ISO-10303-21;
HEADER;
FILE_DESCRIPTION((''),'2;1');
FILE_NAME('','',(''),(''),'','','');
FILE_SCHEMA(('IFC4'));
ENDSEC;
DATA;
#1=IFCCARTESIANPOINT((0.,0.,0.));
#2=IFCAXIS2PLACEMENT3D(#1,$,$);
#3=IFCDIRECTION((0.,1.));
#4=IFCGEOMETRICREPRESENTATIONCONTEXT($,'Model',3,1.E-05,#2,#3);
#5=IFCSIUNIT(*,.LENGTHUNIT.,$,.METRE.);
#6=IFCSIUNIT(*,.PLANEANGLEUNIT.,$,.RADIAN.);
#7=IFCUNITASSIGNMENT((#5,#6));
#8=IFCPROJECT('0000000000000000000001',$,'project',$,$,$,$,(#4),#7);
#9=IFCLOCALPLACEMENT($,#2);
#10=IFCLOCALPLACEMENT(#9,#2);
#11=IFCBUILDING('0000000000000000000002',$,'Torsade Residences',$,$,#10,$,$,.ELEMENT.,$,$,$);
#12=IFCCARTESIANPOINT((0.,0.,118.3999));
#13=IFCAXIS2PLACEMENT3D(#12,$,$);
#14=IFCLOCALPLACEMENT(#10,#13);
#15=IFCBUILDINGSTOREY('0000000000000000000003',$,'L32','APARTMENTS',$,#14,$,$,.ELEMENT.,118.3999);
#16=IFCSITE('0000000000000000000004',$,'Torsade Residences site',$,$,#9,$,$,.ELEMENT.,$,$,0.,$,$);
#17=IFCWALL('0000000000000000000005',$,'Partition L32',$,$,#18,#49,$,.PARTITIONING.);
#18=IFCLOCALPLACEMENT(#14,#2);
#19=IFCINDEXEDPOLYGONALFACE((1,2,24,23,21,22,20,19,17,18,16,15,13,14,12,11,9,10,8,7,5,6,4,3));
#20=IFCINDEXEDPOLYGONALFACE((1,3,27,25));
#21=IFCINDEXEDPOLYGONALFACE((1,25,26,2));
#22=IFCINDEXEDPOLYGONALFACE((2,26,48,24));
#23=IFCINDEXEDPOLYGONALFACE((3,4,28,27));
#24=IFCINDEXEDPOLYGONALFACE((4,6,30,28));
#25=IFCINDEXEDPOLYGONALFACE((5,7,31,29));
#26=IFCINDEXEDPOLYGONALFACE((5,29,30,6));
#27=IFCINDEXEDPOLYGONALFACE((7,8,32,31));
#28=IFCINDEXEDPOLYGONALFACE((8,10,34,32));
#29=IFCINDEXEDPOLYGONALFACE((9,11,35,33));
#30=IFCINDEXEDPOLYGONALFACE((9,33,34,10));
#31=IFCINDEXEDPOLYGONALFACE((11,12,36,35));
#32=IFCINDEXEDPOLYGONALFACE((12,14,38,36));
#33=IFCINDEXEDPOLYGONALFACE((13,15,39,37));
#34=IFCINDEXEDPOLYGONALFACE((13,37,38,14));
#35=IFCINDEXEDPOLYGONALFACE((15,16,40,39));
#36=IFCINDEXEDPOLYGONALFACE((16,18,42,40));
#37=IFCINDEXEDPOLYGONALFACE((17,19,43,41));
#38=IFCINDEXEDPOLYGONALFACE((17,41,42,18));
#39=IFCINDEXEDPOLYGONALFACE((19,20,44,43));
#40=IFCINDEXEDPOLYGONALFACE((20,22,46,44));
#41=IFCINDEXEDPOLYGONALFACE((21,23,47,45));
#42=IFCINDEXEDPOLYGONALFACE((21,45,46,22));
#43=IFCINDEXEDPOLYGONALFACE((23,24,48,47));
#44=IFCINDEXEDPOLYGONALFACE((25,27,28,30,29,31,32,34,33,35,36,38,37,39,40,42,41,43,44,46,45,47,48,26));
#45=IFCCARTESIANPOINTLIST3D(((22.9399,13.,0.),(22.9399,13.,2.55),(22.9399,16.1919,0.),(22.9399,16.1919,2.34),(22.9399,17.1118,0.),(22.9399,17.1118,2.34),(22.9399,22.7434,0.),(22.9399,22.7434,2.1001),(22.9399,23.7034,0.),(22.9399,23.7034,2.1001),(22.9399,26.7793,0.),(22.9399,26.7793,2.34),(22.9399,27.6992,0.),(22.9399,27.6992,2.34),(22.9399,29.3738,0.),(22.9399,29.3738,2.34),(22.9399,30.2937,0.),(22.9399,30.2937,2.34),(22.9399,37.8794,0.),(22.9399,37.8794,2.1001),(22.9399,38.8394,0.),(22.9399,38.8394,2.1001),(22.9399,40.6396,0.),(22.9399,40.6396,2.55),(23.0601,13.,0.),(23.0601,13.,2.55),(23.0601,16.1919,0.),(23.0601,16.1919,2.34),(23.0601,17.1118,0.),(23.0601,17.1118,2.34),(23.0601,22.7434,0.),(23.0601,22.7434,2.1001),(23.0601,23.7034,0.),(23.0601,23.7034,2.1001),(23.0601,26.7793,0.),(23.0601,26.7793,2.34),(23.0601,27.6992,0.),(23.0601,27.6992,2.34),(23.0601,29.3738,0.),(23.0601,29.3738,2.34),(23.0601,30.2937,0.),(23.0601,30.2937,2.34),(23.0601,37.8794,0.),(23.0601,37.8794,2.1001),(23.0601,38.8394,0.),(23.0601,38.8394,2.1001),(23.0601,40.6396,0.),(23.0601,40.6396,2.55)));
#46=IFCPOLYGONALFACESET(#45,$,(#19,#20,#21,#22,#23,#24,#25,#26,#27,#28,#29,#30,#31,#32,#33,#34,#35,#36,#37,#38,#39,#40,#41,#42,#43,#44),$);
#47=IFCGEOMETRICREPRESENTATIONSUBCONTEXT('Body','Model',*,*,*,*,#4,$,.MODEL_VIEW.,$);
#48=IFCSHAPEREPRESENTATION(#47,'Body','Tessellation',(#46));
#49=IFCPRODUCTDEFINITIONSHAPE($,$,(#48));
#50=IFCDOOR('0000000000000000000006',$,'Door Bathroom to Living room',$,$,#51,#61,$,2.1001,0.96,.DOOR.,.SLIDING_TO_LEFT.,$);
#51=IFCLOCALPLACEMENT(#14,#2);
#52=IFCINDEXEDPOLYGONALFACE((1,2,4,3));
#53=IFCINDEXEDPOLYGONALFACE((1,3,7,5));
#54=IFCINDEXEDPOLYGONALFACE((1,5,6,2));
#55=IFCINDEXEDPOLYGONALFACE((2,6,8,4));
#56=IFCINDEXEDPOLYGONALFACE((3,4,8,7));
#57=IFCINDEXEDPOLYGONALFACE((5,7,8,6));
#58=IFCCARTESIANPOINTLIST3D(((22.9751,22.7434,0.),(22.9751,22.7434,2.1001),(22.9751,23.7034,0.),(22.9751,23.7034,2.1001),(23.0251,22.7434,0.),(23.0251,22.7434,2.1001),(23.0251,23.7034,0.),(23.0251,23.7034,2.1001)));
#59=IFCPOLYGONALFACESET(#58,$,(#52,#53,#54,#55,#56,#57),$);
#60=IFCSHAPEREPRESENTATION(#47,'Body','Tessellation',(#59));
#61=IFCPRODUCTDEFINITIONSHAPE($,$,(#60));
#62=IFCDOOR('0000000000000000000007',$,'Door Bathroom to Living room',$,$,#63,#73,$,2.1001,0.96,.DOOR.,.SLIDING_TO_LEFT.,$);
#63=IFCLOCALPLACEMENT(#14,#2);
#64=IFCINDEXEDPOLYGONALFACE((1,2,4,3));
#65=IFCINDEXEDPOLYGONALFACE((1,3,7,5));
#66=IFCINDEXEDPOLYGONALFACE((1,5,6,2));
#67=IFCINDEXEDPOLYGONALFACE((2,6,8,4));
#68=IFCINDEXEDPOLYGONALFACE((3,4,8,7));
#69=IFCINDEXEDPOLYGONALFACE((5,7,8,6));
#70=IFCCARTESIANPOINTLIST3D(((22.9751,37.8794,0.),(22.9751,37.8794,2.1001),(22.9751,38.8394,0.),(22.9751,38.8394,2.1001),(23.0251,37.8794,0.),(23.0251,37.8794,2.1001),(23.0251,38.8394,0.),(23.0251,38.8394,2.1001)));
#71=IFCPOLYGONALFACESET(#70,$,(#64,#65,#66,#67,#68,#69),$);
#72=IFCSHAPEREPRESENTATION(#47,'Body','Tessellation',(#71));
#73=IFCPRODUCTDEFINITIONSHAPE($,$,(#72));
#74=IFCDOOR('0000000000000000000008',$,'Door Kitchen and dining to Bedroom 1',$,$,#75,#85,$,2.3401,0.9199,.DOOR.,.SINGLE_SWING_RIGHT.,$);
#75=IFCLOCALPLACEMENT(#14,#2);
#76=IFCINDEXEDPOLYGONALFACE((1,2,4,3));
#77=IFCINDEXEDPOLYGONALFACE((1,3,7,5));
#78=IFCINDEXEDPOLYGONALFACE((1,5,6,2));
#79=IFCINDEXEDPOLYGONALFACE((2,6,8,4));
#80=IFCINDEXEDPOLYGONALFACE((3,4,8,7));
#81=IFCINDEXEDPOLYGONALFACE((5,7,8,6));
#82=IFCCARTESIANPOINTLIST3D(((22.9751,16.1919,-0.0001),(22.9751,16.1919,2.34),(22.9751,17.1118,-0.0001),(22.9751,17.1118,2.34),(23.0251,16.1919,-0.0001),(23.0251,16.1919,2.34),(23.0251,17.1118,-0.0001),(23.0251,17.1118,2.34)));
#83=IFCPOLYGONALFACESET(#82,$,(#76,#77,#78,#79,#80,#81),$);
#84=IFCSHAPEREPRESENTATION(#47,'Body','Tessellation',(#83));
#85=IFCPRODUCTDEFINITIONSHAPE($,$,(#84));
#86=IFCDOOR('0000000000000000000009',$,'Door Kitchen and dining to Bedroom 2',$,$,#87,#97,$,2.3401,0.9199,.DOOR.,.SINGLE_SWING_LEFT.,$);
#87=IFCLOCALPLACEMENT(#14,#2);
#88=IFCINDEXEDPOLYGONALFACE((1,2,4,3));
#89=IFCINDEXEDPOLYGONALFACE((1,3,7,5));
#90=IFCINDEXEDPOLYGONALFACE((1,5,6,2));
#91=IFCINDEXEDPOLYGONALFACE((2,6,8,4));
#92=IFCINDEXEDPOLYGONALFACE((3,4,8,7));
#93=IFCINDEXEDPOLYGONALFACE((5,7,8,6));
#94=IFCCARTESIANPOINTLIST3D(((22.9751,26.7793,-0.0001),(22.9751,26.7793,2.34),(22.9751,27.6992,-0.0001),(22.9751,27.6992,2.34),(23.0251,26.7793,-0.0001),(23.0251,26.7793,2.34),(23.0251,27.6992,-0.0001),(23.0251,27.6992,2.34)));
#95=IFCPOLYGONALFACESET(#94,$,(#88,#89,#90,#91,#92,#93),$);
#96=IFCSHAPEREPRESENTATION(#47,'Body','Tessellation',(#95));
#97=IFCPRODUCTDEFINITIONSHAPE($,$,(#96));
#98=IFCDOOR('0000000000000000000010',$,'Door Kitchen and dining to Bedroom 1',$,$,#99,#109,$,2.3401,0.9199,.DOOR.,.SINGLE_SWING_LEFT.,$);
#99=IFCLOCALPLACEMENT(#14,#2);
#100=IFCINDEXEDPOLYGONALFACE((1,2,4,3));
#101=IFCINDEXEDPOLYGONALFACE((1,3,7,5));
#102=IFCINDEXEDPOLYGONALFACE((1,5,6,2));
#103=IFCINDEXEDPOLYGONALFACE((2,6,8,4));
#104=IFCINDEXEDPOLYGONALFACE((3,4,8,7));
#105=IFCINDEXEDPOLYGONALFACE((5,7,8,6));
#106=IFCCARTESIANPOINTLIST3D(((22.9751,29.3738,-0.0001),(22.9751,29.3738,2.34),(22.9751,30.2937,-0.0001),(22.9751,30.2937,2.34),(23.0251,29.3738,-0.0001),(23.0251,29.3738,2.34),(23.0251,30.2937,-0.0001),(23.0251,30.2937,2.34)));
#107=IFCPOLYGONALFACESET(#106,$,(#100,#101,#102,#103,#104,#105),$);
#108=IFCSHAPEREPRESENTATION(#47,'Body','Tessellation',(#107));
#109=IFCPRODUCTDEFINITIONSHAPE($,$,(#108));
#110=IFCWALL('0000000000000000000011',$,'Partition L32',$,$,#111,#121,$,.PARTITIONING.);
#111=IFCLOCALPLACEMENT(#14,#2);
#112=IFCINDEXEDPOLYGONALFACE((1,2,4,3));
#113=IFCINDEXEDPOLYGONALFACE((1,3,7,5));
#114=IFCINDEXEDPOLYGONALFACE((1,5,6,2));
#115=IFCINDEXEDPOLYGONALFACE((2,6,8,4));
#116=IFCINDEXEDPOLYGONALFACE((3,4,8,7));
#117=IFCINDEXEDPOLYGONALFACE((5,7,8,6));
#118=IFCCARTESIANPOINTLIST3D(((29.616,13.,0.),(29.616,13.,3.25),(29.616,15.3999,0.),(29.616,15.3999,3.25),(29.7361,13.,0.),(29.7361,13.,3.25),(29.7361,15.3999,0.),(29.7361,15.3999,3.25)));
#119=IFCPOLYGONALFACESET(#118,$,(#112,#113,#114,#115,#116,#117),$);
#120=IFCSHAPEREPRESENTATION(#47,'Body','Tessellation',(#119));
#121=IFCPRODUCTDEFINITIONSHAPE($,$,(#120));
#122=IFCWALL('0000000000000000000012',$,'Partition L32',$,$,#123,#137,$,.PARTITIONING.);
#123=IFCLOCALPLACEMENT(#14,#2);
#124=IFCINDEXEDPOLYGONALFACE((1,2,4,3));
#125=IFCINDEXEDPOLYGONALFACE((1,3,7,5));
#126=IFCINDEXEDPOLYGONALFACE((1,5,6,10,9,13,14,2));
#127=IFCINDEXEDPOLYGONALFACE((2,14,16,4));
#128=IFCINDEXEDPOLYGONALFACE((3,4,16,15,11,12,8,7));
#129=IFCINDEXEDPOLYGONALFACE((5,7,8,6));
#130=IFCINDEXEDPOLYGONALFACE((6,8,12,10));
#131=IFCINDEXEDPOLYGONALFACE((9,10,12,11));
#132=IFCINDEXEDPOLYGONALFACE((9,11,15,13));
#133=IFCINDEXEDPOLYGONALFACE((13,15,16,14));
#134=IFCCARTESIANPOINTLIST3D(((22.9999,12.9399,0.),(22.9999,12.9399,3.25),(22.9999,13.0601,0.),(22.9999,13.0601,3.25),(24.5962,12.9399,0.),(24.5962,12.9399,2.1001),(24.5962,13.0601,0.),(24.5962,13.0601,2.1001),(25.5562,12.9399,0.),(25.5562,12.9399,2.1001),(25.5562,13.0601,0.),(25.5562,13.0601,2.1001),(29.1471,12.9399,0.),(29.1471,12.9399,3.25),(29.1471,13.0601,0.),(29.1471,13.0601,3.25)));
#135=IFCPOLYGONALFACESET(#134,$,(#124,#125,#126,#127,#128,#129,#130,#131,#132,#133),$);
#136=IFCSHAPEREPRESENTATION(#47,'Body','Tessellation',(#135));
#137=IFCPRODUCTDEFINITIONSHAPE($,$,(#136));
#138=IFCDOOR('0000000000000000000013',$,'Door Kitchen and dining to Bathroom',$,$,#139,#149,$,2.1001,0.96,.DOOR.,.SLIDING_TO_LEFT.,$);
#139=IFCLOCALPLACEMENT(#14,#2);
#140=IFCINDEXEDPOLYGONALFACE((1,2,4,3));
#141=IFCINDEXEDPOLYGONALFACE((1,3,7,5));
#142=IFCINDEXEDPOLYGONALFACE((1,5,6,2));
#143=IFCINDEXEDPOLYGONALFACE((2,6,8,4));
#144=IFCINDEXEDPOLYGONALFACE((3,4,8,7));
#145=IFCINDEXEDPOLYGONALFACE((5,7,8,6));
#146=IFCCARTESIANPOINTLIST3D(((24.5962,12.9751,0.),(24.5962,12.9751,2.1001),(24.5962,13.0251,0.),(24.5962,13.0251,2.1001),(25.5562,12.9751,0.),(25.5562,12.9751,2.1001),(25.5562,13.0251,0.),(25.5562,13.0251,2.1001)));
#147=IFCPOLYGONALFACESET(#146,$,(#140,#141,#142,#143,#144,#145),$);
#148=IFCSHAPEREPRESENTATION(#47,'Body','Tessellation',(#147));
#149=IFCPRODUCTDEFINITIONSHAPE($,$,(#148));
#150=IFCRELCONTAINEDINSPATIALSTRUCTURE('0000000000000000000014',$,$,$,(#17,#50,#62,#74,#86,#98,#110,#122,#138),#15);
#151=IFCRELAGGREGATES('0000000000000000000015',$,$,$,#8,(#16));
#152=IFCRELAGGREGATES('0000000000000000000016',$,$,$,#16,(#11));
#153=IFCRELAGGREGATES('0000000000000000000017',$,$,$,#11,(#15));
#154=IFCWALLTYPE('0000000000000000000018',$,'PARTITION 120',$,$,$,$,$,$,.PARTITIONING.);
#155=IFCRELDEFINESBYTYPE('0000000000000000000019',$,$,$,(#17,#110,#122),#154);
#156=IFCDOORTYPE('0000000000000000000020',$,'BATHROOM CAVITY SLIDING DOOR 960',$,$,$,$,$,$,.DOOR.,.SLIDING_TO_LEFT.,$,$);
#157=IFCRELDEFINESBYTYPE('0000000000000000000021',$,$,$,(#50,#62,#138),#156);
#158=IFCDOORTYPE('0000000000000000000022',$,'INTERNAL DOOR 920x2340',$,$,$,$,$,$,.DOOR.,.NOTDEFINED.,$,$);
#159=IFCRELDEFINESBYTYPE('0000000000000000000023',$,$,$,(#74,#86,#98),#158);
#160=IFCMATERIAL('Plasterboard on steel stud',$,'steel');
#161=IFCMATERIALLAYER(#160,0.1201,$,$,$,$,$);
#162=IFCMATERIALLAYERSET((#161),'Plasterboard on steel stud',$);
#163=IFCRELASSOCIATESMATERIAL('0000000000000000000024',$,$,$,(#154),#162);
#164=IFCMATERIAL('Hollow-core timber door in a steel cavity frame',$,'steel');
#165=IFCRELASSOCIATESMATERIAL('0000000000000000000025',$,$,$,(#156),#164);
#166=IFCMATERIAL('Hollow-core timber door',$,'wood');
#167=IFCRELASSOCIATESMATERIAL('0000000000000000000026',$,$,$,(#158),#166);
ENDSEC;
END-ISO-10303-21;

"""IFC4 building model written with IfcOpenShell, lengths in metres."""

from ifc_helpers import new_model, si_unit, direction, frame, frame_2d, origin, place, context, subcontext, project, spatial, rectangle, extrude, material, layer, layer_set, type_object, element, fill, save


model = new_model("IFC4")

# Units and contexts
model_context = context("Model", 3, precision=1e-05, world=origin(), true_north=direction((0.0, 1.0)))
body_context = subcontext(model_context, "Body", "Model", "MODEL_VIEW")
ifc_project = project(units=[si_unit("LENGTHUNIT", "METRE"), si_unit("PLANEANGLEUNIT", "RADIAN")], contexts=[model_context])

# Site, building, storey
site_placement = place(None, origin())
site = spatial("IfcSite", under=ifc_project, at=site_placement, Name="Torsade Residences site", CompositionType="ELEMENT", RefElevation=0.0)
building_placement = place(site_placement, origin())
building = spatial("IfcBuilding", under=site, at=building_placement, Name="Torsade Residences", CompositionType="ELEMENT")
storey_placement = place(building_placement, frame((0.0, 0.0, 118.3999)))
storey = spatial("IfcBuildingStorey", under=building, at=storey_placement, Name="L32", Description="APARTMENTS", CompositionType="ELEMENT", Elevation=118.3999)

# Wall, openings, doors
ifc_material_1 = material(Name="Plasterboard on steel stud", Category="steel")
ifc_layer_1 = layer(ifc_material_1, 0.1201)
ifc_layer_set_1 = layer_set([ifc_layer_1], Name="Plasterboard on steel stud")
wall_type_1 = type_object("IfcWallType", Name="PARTITION 120", PredefinedType="PARTITIONING", material=ifc_layer_set_1)
wall_1_placement = place(storey_placement, frame((23.0, 13.0, 0.0), z_axis=(0.0, 0.0, 1.0), x_axis=(0.0, 1.0, 0.0)))
wall_1 = element("IfcWall", 1, at=wall_1_placement, inside=storey, type_object=wall_type_1, Name="Partition L32", PredefinedType="PARTITIONING", context=body_context, shape_type="SweptSolid", body=[
    extrude(rectangle(XDim=27.6396, YDim=0.1201, at=frame_2d((13.8198, 0.0))), origin(), (0.0, 0.0, 1.0), 2.55),
])
opening_1_placement = place(wall_1_placement, frame((3.1919, 0.0, 0.0)))
opening_1 = element("IfcOpeningElement", 2, at=opening_1_placement, cuts=wall_1, PredefinedType="OPENING", context=body_context, shape_type="SweptSolid", body=[
    extrude(rectangle(XDim=0.9199, YDim=2.3401, at=frame_2d((0.46, 1.1699))), frame((0.0, 0.0701, 0.0), z_axis=(0.0, -1.0, 0.0), x_axis=(1.0, 0.0, 0.0)), (0.0, 0.0, 1.0), 0.1401),
])
opening_2_placement = place(wall_1_placement, frame((13.7793, 0.0, 0.0)))
opening_2 = element("IfcOpeningElement", 3, at=opening_2_placement, cuts=wall_1, PredefinedType="OPENING", context=body_context, shape_type="SweptSolid", body=[
    extrude(rectangle(XDim=0.9199, YDim=2.3401, at=frame_2d((0.46, 1.1699))), frame((0.0, 0.0701, 0.0), z_axis=(0.0, -1.0, 0.0), x_axis=(1.0, 0.0, 0.0)), (0.0, 0.0, 1.0), 0.1401),
])
opening_3_placement = place(wall_1_placement, frame((16.3738, 0.0, 0.0)))
opening_3 = element("IfcOpeningElement", 4, at=opening_3_placement, cuts=wall_1, PredefinedType="OPENING", context=body_context, shape_type="SweptSolid", body=[
    extrude(rectangle(XDim=0.9199, YDim=2.3401, at=frame_2d((0.46, 1.1699))), frame((0.0, 0.0701, 0.0), z_axis=(0.0, -1.0, 0.0), x_axis=(1.0, 0.0, 0.0)), (0.0, 0.0, 1.0), 0.1401),
])
opening_4_placement = place(wall_1_placement, frame((9.7434, 0.0, 0.0)))
opening_4 = element("IfcOpeningElement", 5, at=opening_4_placement, cuts=wall_1, PredefinedType="OPENING", context=body_context, shape_type="SweptSolid", body=[
    extrude(rectangle(XDim=0.96, YDim=2.1001, at=frame_2d((0.48, 1.05))), frame((0.0, 0.0701, 0.0), z_axis=(0.0, -1.0, 0.0), x_axis=(1.0, 0.0, 0.0)), (0.0, 0.0, 1.0), 0.1401),
])
opening_5_placement = place(wall_1_placement, frame((24.8794, 0.0, 0.0)))
opening_5 = element("IfcOpeningElement", 6, at=opening_5_placement, cuts=wall_1, PredefinedType="OPENING", context=body_context, shape_type="SweptSolid", body=[
    extrude(rectangle(XDim=0.96, YDim=2.1001, at=frame_2d((0.48, 1.05))), frame((0.0, 0.0701, 0.0), z_axis=(0.0, -1.0, 0.0), x_axis=(1.0, 0.0, 0.0)), (0.0, 0.0, 1.0), 0.1401),
])
ifc_material_2 = material(Name="Hollow-core timber door in a steel cavity frame", Category="steel")
door_type_1 = type_object("IfcDoorType", Name="BATHROOM CAVITY SLIDING DOOR 960", OperationType="SLIDING_TO_LEFT", PredefinedType="DOOR", material=ifc_material_2)
door_1_placement = place(opening_4_placement, origin())
door_1 = element("IfcDoor", 7, at=door_1_placement, inside=storey, type_object=door_type_1, Name="Door Bathroom to Living room", OperationType="SLIDING_TO_LEFT", OverallHeight=2.1001, OverallWidth=0.96, PredefinedType="DOOR", context=body_context, shape_type="SweptSolid", body=[
    extrude(rectangle(XDim=0.96, YDim=2.1001, at=frame_2d((0.48, 1.05))), frame((0.0, 0.0249, 0.0), z_axis=(0.0, -1.0, 0.0), x_axis=(1.0, 0.0, 0.0)), (0.0, 0.0, 1.0), 0.05),
])
fill(opening_4, door_1)
door_2_placement = place(opening_5_placement, origin())
door_2 = element("IfcDoor", 8, at=door_2_placement, inside=storey, type_object=door_type_1, Name="Door Bathroom to Living room", OperationType="SLIDING_TO_LEFT", OverallHeight=2.1001, OverallWidth=0.96, PredefinedType="DOOR", context=body_context, shape_type="SweptSolid", body=[
    extrude(rectangle(XDim=0.96, YDim=2.1001, at=frame_2d((0.48, 1.05))), frame((0.0, 0.0249, 0.0), z_axis=(0.0, -1.0, 0.0), x_axis=(1.0, 0.0, 0.0)), (0.0, 0.0, 1.0), 0.05),
])
fill(opening_5, door_2)
ifc_material_3 = material(Name="Hollow-core timber door", Category="wood")
door_type_2 = type_object("IfcDoorType", Name="INTERNAL DOOR 920x2340", OperationType="NOTDEFINED", PredefinedType="DOOR", material=ifc_material_3)
door_3_placement = place(opening_1_placement, origin())
door_3 = element("IfcDoor", 9, at=door_3_placement, inside=storey, type_object=door_type_2, Name="Door Kitchen and dining to Bedroom 1", OperationType="SINGLE_SWING_RIGHT", OverallHeight=2.3401, OverallWidth=0.9199, PredefinedType="DOOR", context=body_context, shape_type="SweptSolid", body=[
    extrude(rectangle(XDim=0.9199, YDim=2.3401, at=frame_2d((0.46, 1.1699))), frame((0.0, 0.0249, 0.0), z_axis=(0.0, -1.0, 0.0), x_axis=(1.0, 0.0, 0.0)), (0.0, 0.0, 1.0), 0.05),
])
fill(opening_1, door_3)
door_4_placement = place(opening_2_placement, origin())
door_4 = element("IfcDoor", 10, at=door_4_placement, inside=storey, type_object=door_type_2, Name="Door Kitchen and dining to Bedroom 2", OperationType="SINGLE_SWING_LEFT", OverallHeight=2.3401, OverallWidth=0.9199, PredefinedType="DOOR", context=body_context, shape_type="SweptSolid", body=[
    extrude(rectangle(XDim=0.9199, YDim=2.3401, at=frame_2d((0.46, 1.1699))), frame((0.0, 0.0249, 0.0), z_axis=(0.0, -1.0, 0.0), x_axis=(1.0, 0.0, 0.0)), (0.0, 0.0, 1.0), 0.05),
])
fill(opening_2, door_4)
door_5_placement = place(opening_3_placement, origin())
door_5 = element("IfcDoor", 11, at=door_5_placement, inside=storey, type_object=door_type_2, Name="Door Kitchen and dining to Bedroom 1", OperationType="SINGLE_SWING_LEFT", OverallHeight=2.3401, OverallWidth=0.9199, PredefinedType="DOOR", context=body_context, shape_type="SweptSolid", body=[
    extrude(rectangle(XDim=0.9199, YDim=2.3401, at=frame_2d((0.46, 1.1699))), frame((0.0, 0.0249, 0.0), z_axis=(0.0, -1.0, 0.0), x_axis=(1.0, 0.0, 0.0)), (0.0, 0.0, 1.0), 0.05),
])
fill(opening_3, door_5)

# Wall
wall_2_placement = place(storey_placement, frame((29.676, 15.3999, 0.0), z_axis=(0.0, 0.0, 1.0), x_axis=(0.0, -1.0, 0.0)))
element("IfcWall", 12, at=wall_2_placement, inside=storey, type_object=wall_type_1, Name="Partition L32", PredefinedType="PARTITIONING", context=body_context, shape_type="SweptSolid", body=[
    extrude(rectangle(XDim=2.3999, YDim=0.1201, at=frame_2d((1.2, 0.0))), origin(), (0.0, 0.0, 1.0), 3.25),
])

# Wall, opening, door
wall_3_placement = place(storey_placement, frame((29.1472, 13.0, 0.0), z_axis=(0.0, 0.0, 1.0), x_axis=(-1.0, 0.0, 0.0)))
wall_3 = element("IfcWall", 13, at=wall_3_placement, inside=storey, type_object=wall_type_1, Name="Partition L32", PredefinedType="PARTITIONING", context=body_context, shape_type="SweptSolid", body=[
    extrude(rectangle(XDim=6.1472, YDim=0.1201, at=frame_2d((3.0737, 0.0))), origin(), (0.0, 0.0, 1.0), 3.25),
])
opening_6_placement = place(wall_3_placement, frame((3.5911, 0.0, 0.0)))
opening_6 = element("IfcOpeningElement", 14, at=opening_6_placement, cuts=wall_3, PredefinedType="OPENING", context=body_context, shape_type="SweptSolid", body=[
    extrude(rectangle(XDim=0.96, YDim=2.1001, at=frame_2d((0.48, 1.05))), frame((0.0, 0.0701, 0.0), z_axis=(0.0, -1.0, 0.0), x_axis=(1.0, 0.0, 0.0)), (0.0, 0.0, 1.0), 0.1401),
])
door_6_placement = place(opening_6_placement, origin())
door_6 = element("IfcDoor", 15, at=door_6_placement, inside=storey, type_object=door_type_1, Name="Door Kitchen and dining to Bathroom", OperationType="SLIDING_TO_LEFT", OverallHeight=2.1001, OverallWidth=0.96, PredefinedType="DOOR", context=body_context, shape_type="SweptSolid", body=[
    extrude(rectangle(XDim=0.96, YDim=2.1001, at=frame_2d((0.48, 1.05))), frame((0.0, 0.0249, 0.0), z_axis=(0.0, -1.0, 0.0), x_axis=(1.0, 0.0, 0.0)), (0.0, 0.0, 1.0), 0.05),
])
fill(opening_6, door_6)

save(model, "model.ifc")
